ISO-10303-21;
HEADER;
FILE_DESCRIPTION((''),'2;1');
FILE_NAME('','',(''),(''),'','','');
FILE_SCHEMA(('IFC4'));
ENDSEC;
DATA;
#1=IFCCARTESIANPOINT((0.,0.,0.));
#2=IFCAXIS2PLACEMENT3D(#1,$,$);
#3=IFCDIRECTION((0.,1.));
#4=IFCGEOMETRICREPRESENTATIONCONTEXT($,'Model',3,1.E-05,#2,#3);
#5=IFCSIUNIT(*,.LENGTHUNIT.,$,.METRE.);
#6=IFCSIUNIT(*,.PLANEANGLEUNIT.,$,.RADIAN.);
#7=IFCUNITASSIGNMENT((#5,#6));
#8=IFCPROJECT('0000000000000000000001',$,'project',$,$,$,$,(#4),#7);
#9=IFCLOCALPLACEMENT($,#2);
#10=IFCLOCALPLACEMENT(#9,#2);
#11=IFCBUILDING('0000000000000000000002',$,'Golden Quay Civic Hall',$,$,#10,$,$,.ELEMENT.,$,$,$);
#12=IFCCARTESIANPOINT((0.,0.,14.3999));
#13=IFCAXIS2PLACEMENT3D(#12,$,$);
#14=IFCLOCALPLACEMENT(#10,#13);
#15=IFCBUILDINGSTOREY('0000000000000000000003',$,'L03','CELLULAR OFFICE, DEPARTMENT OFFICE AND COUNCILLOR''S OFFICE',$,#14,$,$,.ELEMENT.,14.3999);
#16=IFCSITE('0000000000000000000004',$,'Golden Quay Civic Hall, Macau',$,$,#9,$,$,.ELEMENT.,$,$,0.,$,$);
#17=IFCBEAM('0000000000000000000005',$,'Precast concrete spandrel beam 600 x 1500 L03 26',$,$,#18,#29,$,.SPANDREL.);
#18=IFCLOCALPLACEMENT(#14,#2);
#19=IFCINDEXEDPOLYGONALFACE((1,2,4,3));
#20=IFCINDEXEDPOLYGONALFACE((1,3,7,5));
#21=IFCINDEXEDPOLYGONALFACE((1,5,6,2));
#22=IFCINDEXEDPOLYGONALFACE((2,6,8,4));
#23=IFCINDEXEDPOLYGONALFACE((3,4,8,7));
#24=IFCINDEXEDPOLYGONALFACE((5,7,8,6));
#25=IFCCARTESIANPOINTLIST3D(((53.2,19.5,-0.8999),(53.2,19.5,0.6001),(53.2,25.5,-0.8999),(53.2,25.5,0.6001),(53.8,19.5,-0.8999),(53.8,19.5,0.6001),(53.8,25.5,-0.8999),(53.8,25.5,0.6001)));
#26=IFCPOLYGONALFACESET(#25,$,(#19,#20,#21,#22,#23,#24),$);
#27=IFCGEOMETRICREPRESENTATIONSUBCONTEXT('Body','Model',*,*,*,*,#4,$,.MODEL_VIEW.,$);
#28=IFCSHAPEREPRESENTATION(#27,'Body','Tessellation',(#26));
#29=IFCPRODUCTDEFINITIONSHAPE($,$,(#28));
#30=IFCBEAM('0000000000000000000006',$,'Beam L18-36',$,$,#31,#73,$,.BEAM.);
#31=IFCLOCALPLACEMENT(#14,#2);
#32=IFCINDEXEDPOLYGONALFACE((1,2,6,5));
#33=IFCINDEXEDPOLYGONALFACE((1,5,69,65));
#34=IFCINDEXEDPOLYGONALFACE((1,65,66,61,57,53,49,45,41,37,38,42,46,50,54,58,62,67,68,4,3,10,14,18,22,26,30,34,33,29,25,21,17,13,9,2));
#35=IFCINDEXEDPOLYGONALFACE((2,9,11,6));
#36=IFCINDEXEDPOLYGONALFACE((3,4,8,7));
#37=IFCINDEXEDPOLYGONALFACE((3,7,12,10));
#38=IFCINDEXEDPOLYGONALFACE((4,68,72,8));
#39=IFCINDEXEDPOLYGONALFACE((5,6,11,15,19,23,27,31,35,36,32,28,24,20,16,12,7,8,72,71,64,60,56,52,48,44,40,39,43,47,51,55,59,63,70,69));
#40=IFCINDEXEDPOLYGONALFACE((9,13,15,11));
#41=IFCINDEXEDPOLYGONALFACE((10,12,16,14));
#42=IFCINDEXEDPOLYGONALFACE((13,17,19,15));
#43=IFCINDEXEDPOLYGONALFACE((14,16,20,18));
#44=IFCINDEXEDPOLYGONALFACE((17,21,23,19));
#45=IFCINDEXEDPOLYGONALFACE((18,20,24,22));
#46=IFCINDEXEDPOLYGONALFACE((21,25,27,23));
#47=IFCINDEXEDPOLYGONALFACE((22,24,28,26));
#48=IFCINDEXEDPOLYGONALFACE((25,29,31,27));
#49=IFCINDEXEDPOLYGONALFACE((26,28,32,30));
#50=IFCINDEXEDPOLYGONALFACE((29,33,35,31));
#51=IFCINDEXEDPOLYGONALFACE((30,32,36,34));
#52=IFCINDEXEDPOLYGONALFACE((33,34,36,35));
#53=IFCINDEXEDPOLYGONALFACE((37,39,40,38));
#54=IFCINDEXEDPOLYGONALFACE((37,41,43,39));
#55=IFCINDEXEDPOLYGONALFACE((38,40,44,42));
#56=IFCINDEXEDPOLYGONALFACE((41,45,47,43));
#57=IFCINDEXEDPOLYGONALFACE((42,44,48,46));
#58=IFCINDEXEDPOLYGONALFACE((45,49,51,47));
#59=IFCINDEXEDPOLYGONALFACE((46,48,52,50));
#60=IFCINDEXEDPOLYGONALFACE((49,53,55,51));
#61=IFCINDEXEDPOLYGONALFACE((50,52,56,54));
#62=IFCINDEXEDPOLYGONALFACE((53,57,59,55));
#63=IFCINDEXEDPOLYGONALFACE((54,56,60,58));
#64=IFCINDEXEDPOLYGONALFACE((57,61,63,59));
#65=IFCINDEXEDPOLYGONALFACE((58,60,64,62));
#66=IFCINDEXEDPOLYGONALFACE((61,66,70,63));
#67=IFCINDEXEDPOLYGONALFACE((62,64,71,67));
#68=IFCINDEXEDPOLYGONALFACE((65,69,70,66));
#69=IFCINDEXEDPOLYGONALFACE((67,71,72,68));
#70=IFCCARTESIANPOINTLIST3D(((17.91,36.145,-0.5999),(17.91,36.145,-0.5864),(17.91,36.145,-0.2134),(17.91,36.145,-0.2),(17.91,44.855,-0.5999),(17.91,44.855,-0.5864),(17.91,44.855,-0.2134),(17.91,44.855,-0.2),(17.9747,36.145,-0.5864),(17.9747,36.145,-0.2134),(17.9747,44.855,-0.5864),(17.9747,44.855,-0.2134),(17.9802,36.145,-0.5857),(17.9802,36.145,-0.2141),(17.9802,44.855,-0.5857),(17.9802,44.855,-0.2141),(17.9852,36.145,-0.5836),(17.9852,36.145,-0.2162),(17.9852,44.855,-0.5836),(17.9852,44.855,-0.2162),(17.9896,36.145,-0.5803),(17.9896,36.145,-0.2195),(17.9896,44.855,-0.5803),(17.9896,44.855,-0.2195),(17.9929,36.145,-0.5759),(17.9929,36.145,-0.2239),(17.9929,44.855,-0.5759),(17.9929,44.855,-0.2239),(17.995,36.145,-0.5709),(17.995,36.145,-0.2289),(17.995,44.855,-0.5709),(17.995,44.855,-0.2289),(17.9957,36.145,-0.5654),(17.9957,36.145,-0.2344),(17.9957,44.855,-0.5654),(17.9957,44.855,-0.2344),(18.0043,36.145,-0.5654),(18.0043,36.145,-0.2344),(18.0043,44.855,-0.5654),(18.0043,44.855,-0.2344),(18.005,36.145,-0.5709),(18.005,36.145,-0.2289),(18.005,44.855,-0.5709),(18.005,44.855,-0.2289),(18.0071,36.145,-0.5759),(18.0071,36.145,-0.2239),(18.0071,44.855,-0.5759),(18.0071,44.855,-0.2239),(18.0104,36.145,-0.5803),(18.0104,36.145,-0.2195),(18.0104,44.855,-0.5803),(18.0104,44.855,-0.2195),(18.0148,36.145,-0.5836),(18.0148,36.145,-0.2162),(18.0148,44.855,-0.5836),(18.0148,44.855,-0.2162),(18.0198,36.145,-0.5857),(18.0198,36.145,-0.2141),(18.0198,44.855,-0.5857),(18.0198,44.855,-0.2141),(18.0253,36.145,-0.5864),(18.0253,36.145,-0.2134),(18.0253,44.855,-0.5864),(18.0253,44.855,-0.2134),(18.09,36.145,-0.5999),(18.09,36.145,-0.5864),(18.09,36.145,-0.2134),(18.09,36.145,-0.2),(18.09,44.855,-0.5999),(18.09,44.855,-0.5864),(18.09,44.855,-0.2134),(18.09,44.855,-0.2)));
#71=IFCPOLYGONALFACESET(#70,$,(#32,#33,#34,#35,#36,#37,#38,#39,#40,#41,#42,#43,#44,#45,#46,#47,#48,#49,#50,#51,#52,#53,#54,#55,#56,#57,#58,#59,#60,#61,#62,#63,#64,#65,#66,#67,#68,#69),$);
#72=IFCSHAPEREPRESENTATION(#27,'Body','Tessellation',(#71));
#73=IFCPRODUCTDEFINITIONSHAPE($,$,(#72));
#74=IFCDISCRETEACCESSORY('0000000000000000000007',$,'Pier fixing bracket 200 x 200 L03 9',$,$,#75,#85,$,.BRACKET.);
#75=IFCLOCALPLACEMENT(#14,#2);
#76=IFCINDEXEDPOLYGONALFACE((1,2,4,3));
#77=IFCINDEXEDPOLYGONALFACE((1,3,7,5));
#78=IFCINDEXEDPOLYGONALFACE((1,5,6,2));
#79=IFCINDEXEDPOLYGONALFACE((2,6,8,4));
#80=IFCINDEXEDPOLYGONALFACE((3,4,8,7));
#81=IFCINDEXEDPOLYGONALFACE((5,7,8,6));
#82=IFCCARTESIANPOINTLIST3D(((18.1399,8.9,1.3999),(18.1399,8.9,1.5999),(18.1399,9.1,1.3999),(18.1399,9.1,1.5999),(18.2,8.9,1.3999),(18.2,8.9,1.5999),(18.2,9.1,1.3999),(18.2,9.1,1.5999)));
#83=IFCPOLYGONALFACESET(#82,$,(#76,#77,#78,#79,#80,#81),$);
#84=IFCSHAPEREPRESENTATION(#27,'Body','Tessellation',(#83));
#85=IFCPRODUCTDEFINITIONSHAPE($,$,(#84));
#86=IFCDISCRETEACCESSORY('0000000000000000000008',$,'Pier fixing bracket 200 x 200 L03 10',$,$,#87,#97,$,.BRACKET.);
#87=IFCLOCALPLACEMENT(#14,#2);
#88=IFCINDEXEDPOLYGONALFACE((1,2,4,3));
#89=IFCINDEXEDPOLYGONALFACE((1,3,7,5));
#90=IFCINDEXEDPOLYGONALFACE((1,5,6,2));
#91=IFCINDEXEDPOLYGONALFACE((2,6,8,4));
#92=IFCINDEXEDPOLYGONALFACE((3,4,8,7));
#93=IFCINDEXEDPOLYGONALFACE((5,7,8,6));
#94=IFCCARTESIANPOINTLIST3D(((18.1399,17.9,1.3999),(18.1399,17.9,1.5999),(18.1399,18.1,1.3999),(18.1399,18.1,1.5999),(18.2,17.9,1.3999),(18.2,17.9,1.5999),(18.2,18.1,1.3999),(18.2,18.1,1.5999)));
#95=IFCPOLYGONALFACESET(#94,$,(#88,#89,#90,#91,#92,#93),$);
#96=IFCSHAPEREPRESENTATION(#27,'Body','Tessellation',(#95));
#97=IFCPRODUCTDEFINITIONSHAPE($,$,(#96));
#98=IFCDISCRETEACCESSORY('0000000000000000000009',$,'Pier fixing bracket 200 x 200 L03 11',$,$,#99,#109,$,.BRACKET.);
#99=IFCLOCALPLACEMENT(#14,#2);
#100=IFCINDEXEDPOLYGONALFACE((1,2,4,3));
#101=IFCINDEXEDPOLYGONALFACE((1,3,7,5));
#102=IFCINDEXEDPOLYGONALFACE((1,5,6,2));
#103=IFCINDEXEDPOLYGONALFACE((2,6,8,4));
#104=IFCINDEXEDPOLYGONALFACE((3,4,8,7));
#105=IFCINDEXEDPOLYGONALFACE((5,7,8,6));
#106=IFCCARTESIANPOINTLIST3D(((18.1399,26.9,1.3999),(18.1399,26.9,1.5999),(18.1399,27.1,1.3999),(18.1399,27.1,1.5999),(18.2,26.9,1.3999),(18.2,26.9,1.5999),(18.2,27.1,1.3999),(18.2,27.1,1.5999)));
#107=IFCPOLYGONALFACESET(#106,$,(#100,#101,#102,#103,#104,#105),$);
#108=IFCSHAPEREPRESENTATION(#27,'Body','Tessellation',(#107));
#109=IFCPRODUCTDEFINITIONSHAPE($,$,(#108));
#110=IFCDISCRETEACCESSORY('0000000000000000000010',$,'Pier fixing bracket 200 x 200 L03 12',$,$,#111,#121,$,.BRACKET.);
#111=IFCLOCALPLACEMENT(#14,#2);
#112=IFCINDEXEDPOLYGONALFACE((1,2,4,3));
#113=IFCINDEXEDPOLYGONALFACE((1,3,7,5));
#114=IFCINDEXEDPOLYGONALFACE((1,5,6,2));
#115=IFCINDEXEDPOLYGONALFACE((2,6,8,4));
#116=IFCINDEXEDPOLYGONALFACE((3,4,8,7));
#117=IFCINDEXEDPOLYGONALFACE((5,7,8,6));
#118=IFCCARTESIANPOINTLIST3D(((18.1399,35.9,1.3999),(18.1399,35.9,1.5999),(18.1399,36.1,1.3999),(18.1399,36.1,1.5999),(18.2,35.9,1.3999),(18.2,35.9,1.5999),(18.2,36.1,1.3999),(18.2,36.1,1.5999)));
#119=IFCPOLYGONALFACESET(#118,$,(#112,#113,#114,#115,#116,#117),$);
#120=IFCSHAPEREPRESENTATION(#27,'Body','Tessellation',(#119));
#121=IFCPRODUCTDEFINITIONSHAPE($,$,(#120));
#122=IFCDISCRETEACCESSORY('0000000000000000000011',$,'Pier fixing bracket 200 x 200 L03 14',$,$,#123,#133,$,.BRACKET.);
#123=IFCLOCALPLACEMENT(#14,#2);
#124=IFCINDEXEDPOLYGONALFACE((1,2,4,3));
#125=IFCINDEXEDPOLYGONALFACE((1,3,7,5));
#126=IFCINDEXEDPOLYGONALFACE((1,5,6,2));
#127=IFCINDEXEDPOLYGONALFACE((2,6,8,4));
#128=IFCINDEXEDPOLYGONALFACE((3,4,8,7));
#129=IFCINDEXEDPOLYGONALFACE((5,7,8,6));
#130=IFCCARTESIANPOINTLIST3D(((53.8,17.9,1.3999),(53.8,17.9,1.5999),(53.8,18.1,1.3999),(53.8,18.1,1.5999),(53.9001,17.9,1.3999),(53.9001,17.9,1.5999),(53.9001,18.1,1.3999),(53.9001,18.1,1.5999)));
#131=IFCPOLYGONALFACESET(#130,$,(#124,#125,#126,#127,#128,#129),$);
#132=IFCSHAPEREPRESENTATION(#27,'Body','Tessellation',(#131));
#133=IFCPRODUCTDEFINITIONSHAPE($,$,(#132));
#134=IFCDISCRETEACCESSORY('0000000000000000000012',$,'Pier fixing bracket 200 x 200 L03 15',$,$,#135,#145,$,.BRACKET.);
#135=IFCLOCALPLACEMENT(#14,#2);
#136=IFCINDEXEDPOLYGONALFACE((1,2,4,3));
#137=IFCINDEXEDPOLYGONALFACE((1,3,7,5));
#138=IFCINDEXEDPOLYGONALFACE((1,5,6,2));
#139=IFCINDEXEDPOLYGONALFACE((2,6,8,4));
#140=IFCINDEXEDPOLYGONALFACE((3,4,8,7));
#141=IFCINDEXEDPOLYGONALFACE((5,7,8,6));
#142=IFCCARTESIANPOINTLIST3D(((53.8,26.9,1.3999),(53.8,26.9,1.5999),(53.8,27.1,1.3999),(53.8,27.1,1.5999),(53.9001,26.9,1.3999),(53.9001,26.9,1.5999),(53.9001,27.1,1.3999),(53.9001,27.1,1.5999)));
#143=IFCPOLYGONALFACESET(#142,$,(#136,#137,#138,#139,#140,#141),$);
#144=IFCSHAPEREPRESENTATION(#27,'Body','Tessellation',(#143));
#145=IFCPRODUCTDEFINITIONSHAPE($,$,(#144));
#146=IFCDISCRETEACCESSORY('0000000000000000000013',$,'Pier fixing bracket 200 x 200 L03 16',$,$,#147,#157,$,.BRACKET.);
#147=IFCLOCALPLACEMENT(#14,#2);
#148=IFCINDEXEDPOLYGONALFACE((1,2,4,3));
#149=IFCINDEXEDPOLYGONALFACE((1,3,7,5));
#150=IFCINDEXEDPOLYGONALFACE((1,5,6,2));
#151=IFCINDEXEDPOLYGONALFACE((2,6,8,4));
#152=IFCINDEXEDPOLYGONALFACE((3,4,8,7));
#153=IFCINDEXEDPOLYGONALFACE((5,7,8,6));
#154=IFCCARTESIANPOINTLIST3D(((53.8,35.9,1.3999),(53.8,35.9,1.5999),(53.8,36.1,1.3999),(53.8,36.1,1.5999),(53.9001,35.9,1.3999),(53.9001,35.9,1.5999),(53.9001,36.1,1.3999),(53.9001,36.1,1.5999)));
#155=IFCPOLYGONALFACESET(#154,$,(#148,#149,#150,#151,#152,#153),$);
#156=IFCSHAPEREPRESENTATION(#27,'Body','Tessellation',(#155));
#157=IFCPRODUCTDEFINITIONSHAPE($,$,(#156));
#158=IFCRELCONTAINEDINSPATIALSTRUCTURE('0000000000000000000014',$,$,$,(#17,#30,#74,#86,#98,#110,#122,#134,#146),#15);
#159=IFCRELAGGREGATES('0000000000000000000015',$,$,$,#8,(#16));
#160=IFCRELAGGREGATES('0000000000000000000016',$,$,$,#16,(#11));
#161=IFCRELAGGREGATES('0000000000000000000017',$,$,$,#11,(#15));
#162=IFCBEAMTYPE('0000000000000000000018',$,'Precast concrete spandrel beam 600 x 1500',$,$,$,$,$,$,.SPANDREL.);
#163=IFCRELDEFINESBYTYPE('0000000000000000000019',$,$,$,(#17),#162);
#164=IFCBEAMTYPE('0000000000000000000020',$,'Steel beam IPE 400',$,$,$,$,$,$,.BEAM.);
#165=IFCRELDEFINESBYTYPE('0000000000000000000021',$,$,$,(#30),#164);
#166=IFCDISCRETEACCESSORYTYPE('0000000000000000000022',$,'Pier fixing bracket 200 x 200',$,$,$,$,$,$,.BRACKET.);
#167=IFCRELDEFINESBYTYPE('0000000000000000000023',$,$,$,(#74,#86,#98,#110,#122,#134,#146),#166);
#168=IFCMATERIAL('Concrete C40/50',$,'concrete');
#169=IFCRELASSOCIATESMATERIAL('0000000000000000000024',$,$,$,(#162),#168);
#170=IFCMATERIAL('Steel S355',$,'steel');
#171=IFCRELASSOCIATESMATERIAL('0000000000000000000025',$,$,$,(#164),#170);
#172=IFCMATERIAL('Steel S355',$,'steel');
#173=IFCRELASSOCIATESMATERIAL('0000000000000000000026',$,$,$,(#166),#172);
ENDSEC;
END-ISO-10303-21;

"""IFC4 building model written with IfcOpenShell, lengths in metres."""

from ifc_helpers import new_model, si_unit, direction, frame, origin, origin_2d, place, context, subcontext, project, spatial, rectangle, i_section, extrude, material, material_profile, profile_set, type_object, element, save


model = new_model("IFC4")

# Units and contexts
model_context = context("Model", 3, precision=1e-05, world=origin(), true_north=direction((0.0, 1.0)))
body_context = subcontext(model_context, "Body", "Model", "MODEL_VIEW")
ifc_project = project(units=[si_unit("LENGTHUNIT", "METRE"), si_unit("PLANEANGLEUNIT", "RADIAN")], contexts=[model_context])

# Site, building, storey
site_placement = place(None, origin())
site = spatial("IfcSite", under=ifc_project, at=site_placement, Name="Golden Quay Civic Hall, Macau", CompositionType="ELEMENT", RefElevation=0.0)
building_placement = place(site_placement, origin())
building = spatial("IfcBuilding", under=site, at=building_placement, Name="Golden Quay Civic Hall", CompositionType="ELEMENT")
storey_placement = place(building_placement, frame((0.0, 0.0, 14.3999)))
storey = spatial("IfcBuildingStorey", under=building, at=storey_placement, Name="L03", Description="CELLULAR OFFICE, DEPARTMENT OFFICE AND COUNCILLOR'S OFFICE", CompositionType="ELEMENT", Elevation=14.3999)

# Beams
ifc_material_1 = material(Name="Concrete C40/50", Category="concrete")
ifc_material_profile_1 = material_profile(ifc_material_1, rectangle(XDim=0.6001, YDim=1.5, at=origin_2d()), Name="RC 600x1500")
ifc_profile_set_1 = profile_set([ifc_material_profile_1], Name="Concrete C40/50")
beam_type_1 = type_object("IfcBeamType", Name="Precast concrete spandrel beam 600 x 1500", PredefinedType="SPANDREL", material=ifc_profile_set_1)
for number, where, z_axis, x_axis, name in (
    (1, (53.5, 19.5, -0.1499), (0.0, 1.0, 0.0), (-1.0, 0.0, 0.0), "Precast concrete spandrel beam 600 x 1500 L03 26"),
):
    element("IfcBeam", number, at=place(storey_placement, frame(where, z_axis=z_axis, x_axis=x_axis)), inside=storey, type_object=beam_type_1, Name=name, PredefinedType="SPANDREL", context=body_context, shape_type="SweptSolid", body=[
        extrude(rectangle(XDim=0.6001, YDim=1.5, at=origin_2d()), origin(), (0.0, 0.0, 1.0), 6.0),
    ])
ifc_material_2 = material(Name="Steel S355", Category="steel")
ifc_material_profile_2 = material_profile(ifc_material_2, i_section(OverallWidth=0.1799, OverallDepth=0.3999, WebThickness=0.0085, FlangeThickness=0.0134, FilletRadius=0.021, at=origin_2d()), Name="IPE 400")
ifc_profile_set_2 = profile_set([ifc_material_profile_2], Name="Steel S355")
beam_type_2 = type_object("IfcBeamType", Name="Steel beam IPE 400", PredefinedType="BEAM", material=ifc_profile_set_2)
beam_placement = place(storey_placement, frame((18.0, 36.145, -0.3999), z_axis=(0.0, 1.0, 0.0), x_axis=(-1.0, 0.0, 0.0)))
element("IfcBeam", 2, at=beam_placement, inside=storey, type_object=beam_type_2, Name="Beam L18-36", PredefinedType="BEAM", context=body_context, shape_type="SweptSolid", body=[
    extrude(i_section(OverallWidth=0.1799, OverallDepth=0.3999, WebThickness=0.0085, FlangeThickness=0.0134, FilletRadius=0.021, at=origin_2d()), origin(), (0.0, 0.0, 1.0), 8.71),
])

# Discrete accessories
ifc_material_3 = material(Name="Steel S355", Category="steel")
discrete_accessory_type = type_object("IfcDiscreteAccessoryType", Name="Pier fixing bracket 200 x 200", PredefinedType="BRACKET", material=ifc_material_3)
for number, where, z_axis, x_axis, name in (
    (3, (18.1699, 9.0, 1.3999), (0.0, 0.0, 1.0), (0.0, 1.0, 0.0), "Pier fixing bracket 200 x 200 L03 9"),
    (4, (18.1699, 18.0, 1.3999), (0.0, 0.0, 1.0), (0.0, 1.0, 0.0), "Pier fixing bracket 200 x 200 L03 10"),
    (5, (18.1699, 27.0, 1.3999), (0.0, 0.0, 1.0), (0.0, 1.0, 0.0), "Pier fixing bracket 200 x 200 L03 11"),
    (6, (18.1699, 36.0, 1.3999), (0.0, 0.0, 1.0), (0.0, 1.0, 0.0), "Pier fixing bracket 200 x 200 L03 12"),
):
    element("IfcDiscreteAccessory", number, at=place(storey_placement, frame(where, z_axis=z_axis, x_axis=x_axis)), inside=storey, type_object=discrete_accessory_type, Name=name, PredefinedType="BRACKET", context=body_context, shape_type="SweptSolid", body=[
        extrude(rectangle(XDim=0.2, YDim=0.0601, at=origin_2d()), origin(), (0.0, 0.0, 1.0), 0.2),
    ])
for number, where, z_axis, x_axis, name in (
    (7, (53.8501, 18.0, 1.3999), (0.0, 0.0, 1.0), (0.0, -1.0, 0.0), "Pier fixing bracket 200 x 200 L03 14"),
    (8, (53.8501, 27.0, 1.3999), (0.0, 0.0, 1.0), (0.0, -1.0, 0.0), "Pier fixing bracket 200 x 200 L03 15"),
    (9, (53.8501, 36.0, 1.3999), (0.0, 0.0, 1.0), (0.0, -1.0, 0.0), "Pier fixing bracket 200 x 200 L03 16"),
):
    element("IfcDiscreteAccessory", number, at=place(storey_placement, frame(where, z_axis=z_axis, x_axis=x_axis)), inside=storey, type_object=discrete_accessory_type, Name=name, PredefinedType="BRACKET", context=body_context, shape_type="SweptSolid", body=[
        extrude(rectangle(XDim=0.2, YDim=0.1001, at=origin_2d()), origin(), (0.0, 0.0, 1.0), 0.2),
    ])

save(model, "model.ifc")
